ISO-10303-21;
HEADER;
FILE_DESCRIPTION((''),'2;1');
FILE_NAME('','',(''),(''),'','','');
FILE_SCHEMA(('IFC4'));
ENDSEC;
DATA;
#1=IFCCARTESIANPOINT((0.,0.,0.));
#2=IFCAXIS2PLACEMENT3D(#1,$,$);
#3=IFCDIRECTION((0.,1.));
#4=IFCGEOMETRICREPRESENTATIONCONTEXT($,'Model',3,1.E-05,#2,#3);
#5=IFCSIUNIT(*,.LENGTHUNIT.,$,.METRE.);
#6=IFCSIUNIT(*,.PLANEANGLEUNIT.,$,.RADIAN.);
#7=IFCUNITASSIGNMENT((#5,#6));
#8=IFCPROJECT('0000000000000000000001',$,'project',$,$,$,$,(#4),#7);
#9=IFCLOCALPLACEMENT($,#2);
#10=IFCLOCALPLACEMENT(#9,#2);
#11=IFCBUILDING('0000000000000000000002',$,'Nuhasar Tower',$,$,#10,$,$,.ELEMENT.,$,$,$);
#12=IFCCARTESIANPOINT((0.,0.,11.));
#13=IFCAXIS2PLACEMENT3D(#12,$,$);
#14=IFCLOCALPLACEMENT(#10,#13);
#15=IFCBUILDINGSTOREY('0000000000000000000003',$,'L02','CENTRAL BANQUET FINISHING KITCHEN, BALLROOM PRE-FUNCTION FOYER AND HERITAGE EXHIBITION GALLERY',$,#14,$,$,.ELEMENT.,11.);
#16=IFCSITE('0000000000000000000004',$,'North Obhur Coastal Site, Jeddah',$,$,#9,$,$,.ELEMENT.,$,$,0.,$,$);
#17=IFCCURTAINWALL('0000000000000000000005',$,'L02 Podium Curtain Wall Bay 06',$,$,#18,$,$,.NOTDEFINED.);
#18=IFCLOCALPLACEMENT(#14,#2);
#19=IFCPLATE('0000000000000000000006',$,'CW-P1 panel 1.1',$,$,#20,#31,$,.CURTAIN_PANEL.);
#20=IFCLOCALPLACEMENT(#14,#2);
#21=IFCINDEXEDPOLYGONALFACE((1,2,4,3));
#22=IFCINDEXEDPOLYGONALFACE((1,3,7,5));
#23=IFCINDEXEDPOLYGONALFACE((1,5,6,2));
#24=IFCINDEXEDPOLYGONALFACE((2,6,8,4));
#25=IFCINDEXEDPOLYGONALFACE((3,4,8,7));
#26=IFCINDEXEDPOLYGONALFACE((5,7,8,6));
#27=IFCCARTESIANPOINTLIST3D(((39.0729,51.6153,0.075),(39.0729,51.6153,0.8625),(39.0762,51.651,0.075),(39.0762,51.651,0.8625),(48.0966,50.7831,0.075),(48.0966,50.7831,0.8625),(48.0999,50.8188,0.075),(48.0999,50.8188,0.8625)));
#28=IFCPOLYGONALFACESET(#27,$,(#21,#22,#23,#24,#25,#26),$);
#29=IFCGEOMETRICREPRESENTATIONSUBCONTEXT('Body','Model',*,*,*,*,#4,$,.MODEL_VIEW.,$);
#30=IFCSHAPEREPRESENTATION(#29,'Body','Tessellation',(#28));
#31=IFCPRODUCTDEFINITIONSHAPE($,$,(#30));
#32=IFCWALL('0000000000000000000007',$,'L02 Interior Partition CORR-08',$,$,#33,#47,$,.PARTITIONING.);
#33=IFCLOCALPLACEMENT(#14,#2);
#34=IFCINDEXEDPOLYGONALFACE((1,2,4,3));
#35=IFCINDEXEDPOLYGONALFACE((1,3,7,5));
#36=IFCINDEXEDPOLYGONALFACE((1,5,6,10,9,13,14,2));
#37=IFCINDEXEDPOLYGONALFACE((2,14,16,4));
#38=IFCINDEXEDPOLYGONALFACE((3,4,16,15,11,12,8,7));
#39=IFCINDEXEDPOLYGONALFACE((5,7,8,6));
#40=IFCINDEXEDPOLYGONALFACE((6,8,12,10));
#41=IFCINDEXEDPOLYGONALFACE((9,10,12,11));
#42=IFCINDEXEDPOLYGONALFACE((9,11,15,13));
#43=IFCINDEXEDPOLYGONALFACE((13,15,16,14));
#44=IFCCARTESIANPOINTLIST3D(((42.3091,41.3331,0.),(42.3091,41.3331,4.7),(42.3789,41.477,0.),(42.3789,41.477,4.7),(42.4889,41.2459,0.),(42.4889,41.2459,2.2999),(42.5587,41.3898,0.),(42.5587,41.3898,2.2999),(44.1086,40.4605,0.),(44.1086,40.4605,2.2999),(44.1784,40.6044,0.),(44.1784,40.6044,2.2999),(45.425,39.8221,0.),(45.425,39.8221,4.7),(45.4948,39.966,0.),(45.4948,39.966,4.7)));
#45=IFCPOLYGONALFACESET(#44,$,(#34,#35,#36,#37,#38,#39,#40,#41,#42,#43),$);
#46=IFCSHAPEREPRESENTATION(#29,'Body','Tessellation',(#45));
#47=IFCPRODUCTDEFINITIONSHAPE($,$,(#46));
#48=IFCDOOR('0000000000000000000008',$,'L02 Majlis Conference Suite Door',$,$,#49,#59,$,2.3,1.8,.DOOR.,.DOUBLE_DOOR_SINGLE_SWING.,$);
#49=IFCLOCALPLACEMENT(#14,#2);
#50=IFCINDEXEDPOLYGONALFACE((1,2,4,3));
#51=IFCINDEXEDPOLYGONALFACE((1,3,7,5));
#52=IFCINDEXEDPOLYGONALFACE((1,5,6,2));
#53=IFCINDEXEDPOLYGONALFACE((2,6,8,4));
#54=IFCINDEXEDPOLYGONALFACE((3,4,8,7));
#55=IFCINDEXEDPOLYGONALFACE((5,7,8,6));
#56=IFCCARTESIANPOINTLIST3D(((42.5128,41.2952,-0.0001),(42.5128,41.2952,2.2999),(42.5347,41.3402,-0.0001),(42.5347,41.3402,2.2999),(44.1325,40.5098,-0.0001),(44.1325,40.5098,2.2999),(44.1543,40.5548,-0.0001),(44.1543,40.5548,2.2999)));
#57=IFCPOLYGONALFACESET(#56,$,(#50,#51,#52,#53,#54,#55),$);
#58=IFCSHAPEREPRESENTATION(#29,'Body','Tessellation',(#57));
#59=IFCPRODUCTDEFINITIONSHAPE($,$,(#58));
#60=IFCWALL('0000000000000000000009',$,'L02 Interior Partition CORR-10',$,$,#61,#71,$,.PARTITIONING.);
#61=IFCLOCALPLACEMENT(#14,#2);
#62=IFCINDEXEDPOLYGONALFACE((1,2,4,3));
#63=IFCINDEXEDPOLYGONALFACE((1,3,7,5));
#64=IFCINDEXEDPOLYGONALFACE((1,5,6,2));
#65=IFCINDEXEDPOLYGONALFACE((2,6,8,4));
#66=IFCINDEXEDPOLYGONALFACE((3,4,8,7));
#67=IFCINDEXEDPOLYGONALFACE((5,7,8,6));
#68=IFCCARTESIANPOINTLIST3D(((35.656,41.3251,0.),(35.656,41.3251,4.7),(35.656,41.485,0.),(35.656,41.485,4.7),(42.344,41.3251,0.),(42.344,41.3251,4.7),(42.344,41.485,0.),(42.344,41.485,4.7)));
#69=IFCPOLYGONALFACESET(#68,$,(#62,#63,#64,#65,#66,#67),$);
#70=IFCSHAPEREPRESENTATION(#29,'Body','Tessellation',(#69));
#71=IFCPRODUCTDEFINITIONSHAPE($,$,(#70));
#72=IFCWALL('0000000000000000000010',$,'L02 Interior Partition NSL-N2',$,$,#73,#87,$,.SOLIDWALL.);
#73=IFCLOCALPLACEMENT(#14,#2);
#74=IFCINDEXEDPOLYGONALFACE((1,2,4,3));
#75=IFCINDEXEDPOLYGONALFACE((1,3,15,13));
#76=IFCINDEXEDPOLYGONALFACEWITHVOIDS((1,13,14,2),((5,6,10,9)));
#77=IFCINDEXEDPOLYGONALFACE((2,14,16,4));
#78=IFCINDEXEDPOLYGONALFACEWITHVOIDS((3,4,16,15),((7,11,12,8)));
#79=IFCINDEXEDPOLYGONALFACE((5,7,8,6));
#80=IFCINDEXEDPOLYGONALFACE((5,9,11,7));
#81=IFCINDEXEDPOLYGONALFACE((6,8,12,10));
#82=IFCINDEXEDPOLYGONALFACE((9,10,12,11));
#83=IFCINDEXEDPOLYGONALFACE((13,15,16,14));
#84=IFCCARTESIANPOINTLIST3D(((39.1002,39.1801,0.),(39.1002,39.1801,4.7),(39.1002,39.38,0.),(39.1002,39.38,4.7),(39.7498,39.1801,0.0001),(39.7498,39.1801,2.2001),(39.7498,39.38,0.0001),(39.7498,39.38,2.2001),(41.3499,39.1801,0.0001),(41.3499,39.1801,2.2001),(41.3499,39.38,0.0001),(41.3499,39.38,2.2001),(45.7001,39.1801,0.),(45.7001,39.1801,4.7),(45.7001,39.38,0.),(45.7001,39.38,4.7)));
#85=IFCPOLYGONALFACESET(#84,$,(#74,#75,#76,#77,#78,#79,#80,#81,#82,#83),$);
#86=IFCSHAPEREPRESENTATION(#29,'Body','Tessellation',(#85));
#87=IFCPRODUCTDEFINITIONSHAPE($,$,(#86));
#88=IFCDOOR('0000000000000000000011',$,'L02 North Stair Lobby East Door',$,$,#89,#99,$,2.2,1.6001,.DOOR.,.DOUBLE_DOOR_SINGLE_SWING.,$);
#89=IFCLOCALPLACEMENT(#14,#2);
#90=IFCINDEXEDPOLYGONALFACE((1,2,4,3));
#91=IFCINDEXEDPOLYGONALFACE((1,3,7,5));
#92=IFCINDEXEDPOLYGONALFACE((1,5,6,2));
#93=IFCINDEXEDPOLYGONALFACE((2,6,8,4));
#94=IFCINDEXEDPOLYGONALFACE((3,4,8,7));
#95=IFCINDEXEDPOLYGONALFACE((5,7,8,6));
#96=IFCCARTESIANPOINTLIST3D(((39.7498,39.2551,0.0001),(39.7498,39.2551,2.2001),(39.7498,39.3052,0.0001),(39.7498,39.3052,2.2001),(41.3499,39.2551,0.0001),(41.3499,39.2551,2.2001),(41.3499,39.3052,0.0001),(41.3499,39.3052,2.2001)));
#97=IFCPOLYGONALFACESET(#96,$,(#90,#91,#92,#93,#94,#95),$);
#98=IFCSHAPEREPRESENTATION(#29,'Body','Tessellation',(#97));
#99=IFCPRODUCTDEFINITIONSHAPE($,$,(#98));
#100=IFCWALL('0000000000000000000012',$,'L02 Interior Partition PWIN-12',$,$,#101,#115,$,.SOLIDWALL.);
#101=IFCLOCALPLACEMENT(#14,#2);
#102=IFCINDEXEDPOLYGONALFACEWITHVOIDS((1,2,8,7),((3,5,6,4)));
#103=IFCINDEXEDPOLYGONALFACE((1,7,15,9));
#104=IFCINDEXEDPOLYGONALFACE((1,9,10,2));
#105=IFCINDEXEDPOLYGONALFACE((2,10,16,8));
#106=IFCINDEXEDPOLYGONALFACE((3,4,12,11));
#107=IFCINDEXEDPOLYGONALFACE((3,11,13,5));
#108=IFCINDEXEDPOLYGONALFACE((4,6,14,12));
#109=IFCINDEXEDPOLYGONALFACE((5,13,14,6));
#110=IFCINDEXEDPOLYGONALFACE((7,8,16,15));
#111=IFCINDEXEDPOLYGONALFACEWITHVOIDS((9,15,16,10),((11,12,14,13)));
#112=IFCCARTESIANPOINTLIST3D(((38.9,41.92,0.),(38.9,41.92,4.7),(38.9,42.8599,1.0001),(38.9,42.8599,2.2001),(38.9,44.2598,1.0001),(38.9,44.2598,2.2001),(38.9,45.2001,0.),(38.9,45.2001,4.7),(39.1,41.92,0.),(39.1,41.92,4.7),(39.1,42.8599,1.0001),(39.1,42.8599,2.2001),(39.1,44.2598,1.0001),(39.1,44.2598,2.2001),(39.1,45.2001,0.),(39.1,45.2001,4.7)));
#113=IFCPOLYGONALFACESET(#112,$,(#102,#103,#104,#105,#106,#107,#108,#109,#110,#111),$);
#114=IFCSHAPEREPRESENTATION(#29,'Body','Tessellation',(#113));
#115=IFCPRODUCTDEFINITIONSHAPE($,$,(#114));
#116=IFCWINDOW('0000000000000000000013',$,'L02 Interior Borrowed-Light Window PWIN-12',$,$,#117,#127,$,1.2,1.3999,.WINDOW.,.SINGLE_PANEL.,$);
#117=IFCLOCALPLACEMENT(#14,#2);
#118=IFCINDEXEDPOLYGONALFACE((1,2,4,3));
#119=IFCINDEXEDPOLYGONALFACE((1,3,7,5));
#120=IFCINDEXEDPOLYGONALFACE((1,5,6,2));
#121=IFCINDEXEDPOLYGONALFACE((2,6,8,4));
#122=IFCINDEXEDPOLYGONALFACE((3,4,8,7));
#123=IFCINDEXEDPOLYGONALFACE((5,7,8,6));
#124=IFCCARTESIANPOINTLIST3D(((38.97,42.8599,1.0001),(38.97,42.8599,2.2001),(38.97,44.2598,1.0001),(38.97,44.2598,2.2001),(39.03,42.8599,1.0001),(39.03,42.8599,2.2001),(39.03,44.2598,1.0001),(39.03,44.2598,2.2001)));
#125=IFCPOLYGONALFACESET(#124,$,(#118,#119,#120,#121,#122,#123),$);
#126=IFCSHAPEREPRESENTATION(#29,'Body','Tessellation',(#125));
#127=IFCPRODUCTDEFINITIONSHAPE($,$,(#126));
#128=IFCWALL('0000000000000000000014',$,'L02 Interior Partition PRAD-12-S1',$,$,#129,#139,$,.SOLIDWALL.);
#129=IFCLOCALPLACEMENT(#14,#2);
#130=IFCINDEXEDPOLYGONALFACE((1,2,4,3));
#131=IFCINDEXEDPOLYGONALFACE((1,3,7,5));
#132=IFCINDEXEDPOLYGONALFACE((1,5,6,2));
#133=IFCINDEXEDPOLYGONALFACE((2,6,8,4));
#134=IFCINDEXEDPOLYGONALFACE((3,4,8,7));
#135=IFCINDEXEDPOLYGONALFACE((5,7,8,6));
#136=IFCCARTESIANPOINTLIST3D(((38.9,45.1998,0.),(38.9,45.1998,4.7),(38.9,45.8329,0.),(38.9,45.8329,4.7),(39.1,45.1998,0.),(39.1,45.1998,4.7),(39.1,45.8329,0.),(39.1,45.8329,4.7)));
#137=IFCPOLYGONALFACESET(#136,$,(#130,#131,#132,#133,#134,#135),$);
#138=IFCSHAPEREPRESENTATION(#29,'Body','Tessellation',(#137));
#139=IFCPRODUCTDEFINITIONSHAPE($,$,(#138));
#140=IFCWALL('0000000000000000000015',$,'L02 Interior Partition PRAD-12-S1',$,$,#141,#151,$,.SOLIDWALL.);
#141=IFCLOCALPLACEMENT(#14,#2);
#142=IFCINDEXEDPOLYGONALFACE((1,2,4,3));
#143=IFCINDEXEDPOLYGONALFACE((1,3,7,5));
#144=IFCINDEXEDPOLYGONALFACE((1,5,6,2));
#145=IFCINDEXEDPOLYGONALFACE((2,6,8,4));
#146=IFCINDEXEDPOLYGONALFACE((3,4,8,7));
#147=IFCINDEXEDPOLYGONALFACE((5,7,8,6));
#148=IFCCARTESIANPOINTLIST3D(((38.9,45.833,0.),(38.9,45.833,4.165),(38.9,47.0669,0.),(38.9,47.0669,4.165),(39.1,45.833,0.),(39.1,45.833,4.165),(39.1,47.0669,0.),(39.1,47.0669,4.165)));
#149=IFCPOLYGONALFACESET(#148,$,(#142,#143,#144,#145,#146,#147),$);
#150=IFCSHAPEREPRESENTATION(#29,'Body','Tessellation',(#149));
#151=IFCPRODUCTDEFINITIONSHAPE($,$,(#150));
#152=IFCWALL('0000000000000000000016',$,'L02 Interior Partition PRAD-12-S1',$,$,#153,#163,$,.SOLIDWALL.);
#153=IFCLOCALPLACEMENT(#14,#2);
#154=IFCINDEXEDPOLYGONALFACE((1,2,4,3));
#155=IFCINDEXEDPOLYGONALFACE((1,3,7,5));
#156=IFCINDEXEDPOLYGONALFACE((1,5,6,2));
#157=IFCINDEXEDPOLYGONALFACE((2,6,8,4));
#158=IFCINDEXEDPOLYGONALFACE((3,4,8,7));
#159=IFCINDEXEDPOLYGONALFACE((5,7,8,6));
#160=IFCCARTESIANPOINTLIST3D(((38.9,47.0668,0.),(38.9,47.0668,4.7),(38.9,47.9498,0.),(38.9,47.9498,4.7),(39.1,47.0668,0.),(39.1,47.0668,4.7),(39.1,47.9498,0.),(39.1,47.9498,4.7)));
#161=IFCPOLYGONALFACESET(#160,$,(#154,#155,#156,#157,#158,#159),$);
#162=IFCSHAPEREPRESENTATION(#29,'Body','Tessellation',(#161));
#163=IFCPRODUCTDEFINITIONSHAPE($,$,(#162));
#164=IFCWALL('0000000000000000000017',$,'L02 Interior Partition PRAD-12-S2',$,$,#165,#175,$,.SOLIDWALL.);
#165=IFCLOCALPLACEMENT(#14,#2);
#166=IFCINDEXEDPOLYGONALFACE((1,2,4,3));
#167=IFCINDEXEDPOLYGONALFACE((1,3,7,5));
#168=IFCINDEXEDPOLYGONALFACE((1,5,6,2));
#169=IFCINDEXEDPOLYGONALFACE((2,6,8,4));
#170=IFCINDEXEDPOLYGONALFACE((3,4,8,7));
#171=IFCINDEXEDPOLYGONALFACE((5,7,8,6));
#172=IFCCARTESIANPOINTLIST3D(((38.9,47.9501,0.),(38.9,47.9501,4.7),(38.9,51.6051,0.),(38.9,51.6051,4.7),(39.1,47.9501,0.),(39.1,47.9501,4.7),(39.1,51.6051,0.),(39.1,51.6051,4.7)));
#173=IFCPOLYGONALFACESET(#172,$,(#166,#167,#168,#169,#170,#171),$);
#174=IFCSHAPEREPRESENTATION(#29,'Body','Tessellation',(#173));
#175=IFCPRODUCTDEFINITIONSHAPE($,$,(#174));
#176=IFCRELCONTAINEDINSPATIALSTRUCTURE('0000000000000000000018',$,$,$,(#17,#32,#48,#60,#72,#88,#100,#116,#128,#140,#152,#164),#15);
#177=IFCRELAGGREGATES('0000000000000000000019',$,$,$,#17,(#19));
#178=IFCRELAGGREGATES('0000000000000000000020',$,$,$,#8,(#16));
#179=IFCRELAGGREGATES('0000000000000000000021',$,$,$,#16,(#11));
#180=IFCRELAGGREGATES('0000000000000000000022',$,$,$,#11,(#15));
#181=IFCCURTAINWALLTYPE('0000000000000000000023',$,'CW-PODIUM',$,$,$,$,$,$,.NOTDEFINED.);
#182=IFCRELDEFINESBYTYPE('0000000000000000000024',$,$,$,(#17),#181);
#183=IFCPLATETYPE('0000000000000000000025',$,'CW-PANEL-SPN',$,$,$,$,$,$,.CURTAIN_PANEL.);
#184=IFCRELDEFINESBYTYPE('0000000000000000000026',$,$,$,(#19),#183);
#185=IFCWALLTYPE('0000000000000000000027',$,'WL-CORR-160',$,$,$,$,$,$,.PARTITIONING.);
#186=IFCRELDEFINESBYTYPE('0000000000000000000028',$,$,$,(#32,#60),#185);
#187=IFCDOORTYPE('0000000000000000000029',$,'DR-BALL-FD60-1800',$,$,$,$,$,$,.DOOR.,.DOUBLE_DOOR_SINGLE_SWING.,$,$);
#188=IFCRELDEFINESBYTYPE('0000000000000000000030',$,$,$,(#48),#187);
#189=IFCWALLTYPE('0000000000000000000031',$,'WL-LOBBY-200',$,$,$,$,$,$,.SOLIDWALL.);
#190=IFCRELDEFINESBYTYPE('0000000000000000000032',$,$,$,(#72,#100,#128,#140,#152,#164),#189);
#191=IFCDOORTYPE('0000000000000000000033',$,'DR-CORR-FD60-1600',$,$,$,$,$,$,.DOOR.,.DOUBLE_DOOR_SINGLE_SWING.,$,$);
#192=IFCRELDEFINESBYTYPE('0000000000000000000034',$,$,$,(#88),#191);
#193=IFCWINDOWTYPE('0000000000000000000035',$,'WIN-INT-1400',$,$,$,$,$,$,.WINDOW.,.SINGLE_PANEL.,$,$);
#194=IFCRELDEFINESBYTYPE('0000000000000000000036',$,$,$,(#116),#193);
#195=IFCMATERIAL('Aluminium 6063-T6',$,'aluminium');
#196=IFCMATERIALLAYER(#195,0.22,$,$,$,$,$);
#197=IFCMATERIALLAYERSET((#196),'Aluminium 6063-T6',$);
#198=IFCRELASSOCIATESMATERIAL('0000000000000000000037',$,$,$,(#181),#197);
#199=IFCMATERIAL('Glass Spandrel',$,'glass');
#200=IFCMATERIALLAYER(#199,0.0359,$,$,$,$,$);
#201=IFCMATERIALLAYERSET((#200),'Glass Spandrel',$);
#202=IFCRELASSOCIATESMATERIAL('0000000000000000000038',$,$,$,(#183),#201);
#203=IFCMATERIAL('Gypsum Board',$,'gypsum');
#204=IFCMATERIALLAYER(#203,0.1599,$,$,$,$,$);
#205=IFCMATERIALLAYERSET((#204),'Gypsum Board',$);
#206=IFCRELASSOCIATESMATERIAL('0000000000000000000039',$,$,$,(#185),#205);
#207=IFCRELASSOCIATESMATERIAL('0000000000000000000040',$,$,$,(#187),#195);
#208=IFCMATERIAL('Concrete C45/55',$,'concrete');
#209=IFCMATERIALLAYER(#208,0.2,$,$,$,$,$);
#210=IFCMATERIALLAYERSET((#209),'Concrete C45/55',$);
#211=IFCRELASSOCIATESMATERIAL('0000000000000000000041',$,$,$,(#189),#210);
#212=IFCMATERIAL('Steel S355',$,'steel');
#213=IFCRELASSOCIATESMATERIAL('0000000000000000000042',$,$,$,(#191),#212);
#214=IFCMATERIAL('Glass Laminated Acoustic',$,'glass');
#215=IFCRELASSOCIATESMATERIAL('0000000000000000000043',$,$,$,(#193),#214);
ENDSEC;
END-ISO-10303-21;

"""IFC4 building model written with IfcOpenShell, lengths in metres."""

from ifc_helpers import new_model, si_unit, direction, frame, frame_2d, origin, origin_2d, place, context, subcontext, project, spatial, rectangle, extrude, material, layer, layer_set, type_object, element, fill, aggregate, save


model = new_model("IFC4")

# Units and contexts
model_context = context("Model", 3, precision=1e-05, world=origin(), true_north=direction((0.0, 1.0)))
body_context = subcontext(model_context, "Body", "Model", "MODEL_VIEW")
ifc_project = project(units=[si_unit("LENGTHUNIT", "METRE"), si_unit("PLANEANGLEUNIT", "RADIAN")], contexts=[model_context])

# Site, building, storey
site_placement = place(None, origin())
site = spatial("IfcSite", under=ifc_project, at=site_placement, Name="North Obhur Coastal Site, Jeddah", CompositionType="ELEMENT", RefElevation=0.0)
building_placement = place(site_placement, origin())
building = spatial("IfcBuilding", under=site, at=building_placement, Name="Nuhasar Tower", CompositionType="ELEMENT")
storey_placement = place(building_placement, frame((0.0, 0.0, 11.0)))
storey = spatial("IfcBuildingStorey", under=building, at=storey_placement, Name="L02", Description="CENTRAL BANQUET FINISHING KITCHEN, BALLROOM PRE-FUNCTION FOYER AND HERITAGE EXHIBITION GALLERY", CompositionType="ELEMENT", Elevation=11.0)

# Shared definitions
ifc_material_1 = material(Name="Steel S355", Category="steel")

# Shared definitions
ifc_material_2 = material(Name="Aluminium 6063-T6", Category="aluminium")
ifc_layer_1 = layer(ifc_material_2, 0.22)
ifc_layer_set_1 = layer_set([ifc_layer_1], Name="Aluminium 6063-T6")
curtain_wall_type = type_object("IfcCurtainWallType", Name="CW-PODIUM", PredefinedType="NOTDEFINED", material=ifc_layer_set_1)

# Curtain wall
curtain_wall_1_placement = place(storey_placement, origin())
curtain_wall_1 = element("IfcCurtainWall", 1, at=curtain_wall_1_placement, inside=storey, type_object=curtain_wall_type, Name="L02 Podium Curtain Wall Bay 06", PredefinedType="NOTDEFINED")

# Plate
ifc_material_3 = material(Name="Glass Spandrel", Category="glass")
ifc_layer_2 = layer(ifc_material_3, 0.0359)
ifc_layer_set_2 = layer_set([ifc_layer_2], Name="Glass Spandrel")
plate_type_1 = type_object("IfcPlateType", Name="CW-PANEL-SPN", PredefinedType="CURTAIN_PANEL", material=ifc_layer_set_2)
plate_1_placement = place(storey_placement, frame((43.5864, 51.217, 0.075), z_axis=(0.0, 0.0, 1.0), x_axis=(-0.995774, 0.091837, 0.0)))
plate_1 = element("IfcPlate", 2, at=plate_1_placement, type_object=plate_type_1, Name="CW-P1 panel 1.1", PredefinedType="CURTAIN_PANEL", context=body_context, shape_type="SweptSolid", body=[
    extrude(rectangle(XDim=9.062, YDim=0.0359, at=origin_2d()), origin(), (0.0, 0.0, 1.0), 0.7876),
])
aggregate(curtain_wall_1, [plate_1])

# Wall, opening, door
ifc_material_4 = material(Name="Gypsum Board", Category="gypsum")
ifc_layer_3 = layer(ifc_material_4, 0.1599)
ifc_layer_set_3 = layer_set([ifc_layer_3], Name="Gypsum Board")
wall_type_1 = type_object("IfcWallType", Name="WL-CORR-160", PredefinedType="PARTITIONING", material=ifc_layer_set_3)
wall_1_placement = place(storey_placement, frame((42.344, 41.405, 0.0), z_axis=(0.0, 0.0, 1.0), x_axis=(0.89979, -0.436324, 0.0)))
wall_1 = element("IfcWall", 3, at=wall_1_placement, inside=storey, type_object=wall_type_1, Name="L02 Interior Partition CORR-08", PredefinedType="PARTITIONING", context=body_context, shape_type="SweptSolid", body=[
    extrude(rectangle(XDim=3.4629, YDim=0.1599, at=frame_2d((1.7314, 0.0))), origin(), (0.0, 0.0, 1.0), 4.7),
])
opening_1_placement = place(wall_1_placement, frame((0.2, 0.0, 0.0)))
opening_1 = element("IfcOpeningElement", 4, at=opening_1_placement, cuts=wall_1, PredefinedType="OPENING", context=body_context, shape_type="SweptSolid", body=[
    extrude(rectangle(XDim=1.8, YDim=2.3, at=frame_2d((0.8999, 1.1499))), frame((0.0, 0.0898, 0.0), z_axis=(0.0, -1.0, 0.0), x_axis=(1.0, 0.0, 0.0)), (0.0, 0.0, 1.0), 0.1799),
])
door_type_1 = type_object("IfcDoorType", Name="DR-BALL-FD60-1800", OperationType="DOUBLE_DOOR_SINGLE_SWING", PredefinedType="DOOR", material=ifc_material_2)
door_1_placement = place(opening_1_placement, origin())
door_1 = element("IfcDoor", 5, at=door_1_placement, inside=storey, type_object=door_type_1, Name="L02 Majlis Conference Suite Door", OperationType="DOUBLE_DOOR_SINGLE_SWING", OverallHeight=2.3, OverallWidth=1.8, PredefinedType="DOOR", context=body_context, shape_type="SweptSolid", body=[
    extrude(rectangle(XDim=1.8, YDim=2.3, at=frame_2d((0.8999, 1.1499))), frame((0.0, 0.0249, 0.0), z_axis=(0.0, -1.0, 0.0), x_axis=(1.0, 0.0, 0.0)), (0.0, 0.0, 1.0), 0.05),
])
fill(opening_1, door_1)

# Wall
wall_2_placement = place(storey_placement, frame((42.344, 41.405, 0.0), z_axis=(0.0, 0.0, 1.0), x_axis=(-1.0, 0.0, 0.0)))
element("IfcWall", 6, at=wall_2_placement, inside=storey, type_object=wall_type_1, Name="L02 Interior Partition CORR-10", PredefinedType="PARTITIONING", context=body_context, shape_type="SweptSolid", body=[
    extrude(rectangle(XDim=6.688, YDim=0.1599, at=frame_2d((3.344, 0.0))), origin(), (0.0, 0.0, 1.0), 4.7),
])

# Wall, opening, door
ifc_material_5 = material(Name="Concrete C45/55", Category="concrete")
ifc_layer_4 = layer(ifc_material_5, 0.2)
ifc_layer_set_4 = layer_set([ifc_layer_4], Name="Concrete C45/55")
wall_type_2 = type_object("IfcWallType", Name="WL-LOBBY-200", PredefinedType="SOLIDWALL", material=ifc_layer_set_4)
wall_3_placement = place(storey_placement, frame((45.7, 39.28, 0.0), z_axis=(0.0, 0.0, 1.0), x_axis=(-1.0, 0.0, 0.0)))
wall_3 = element("IfcWall", 7, at=wall_3_placement, inside=storey, type_object=wall_type_2, Name="L02 Interior Partition NSL-N2", PredefinedType="SOLIDWALL", context=body_context, shape_type="SweptSolid", body=[
    extrude(rectangle(XDim=6.5999, YDim=0.2, at=frame_2d((3.2998, 0.0))), origin(), (0.0, 0.0, 1.0), 4.7),
])
opening_2_placement = place(wall_3_placement, frame((4.3501, 0.0, 0.0)))
opening_2 = element("IfcOpeningElement", 8, at=opening_2_placement, cuts=wall_3, PredefinedType="OPENING", context=body_context, shape_type="SweptSolid", body=[
    extrude(rectangle(XDim=1.6001, YDim=2.2, at=frame_2d((0.8, 1.1001))), frame((0.0, 0.1099, 0.0), z_axis=(0.0, -1.0, 0.0), x_axis=(1.0, 0.0, 0.0)), (0.0, 0.0, 1.0), 0.22),
])
door_type_2 = type_object("IfcDoorType", Name="DR-CORR-FD60-1600", OperationType="DOUBLE_DOOR_SINGLE_SWING", PredefinedType="DOOR", material=ifc_material_1)
door_2_placement = place(opening_2_placement, origin())
door_2 = element("IfcDoor", 9, at=door_2_placement, inside=storey, type_object=door_type_2, Name="L02 North Stair Lobby East Door", OperationType="DOUBLE_DOOR_SINGLE_SWING", OverallHeight=2.2, OverallWidth=1.6001, PredefinedType="DOOR", context=body_context, shape_type="SweptSolid", body=[
    extrude(rectangle(XDim=1.6001, YDim=2.2, at=frame_2d((0.8, 1.1001))), frame((0.0, 0.0249, 0.0), z_axis=(0.0, -1.0, 0.0), x_axis=(1.0, 0.0, 0.0)), (0.0, 0.0, 1.0), 0.05),
])
fill(opening_2, door_2)

# Wall, opening, window
wall_4_placement = place(storey_placement, frame((39.0, 41.9199, 0.0), z_axis=(0.0, 0.0, 1.0), x_axis=(0.0, 1.0, 0.0)))
wall_4 = element("IfcWall", 10, at=wall_4_placement, inside=storey, type_object=wall_type_2, Name="L02 Interior Partition PWIN-12", PredefinedType="SOLIDWALL", context=body_context, shape_type="SweptSolid", body=[
    extrude(rectangle(XDim=3.28, YDim=0.2, at=frame_2d((1.6401, 0.0))), origin(), (0.0, 0.0, 1.0), 4.7),
])
opening_3_placement = place(wall_4_placement, frame((0.9399, 0.0, 1.0)))
opening_3 = element("IfcOpeningElement", 11, at=opening_3_placement, cuts=wall_4, PredefinedType="OPENING", context=body_context, shape_type="SweptSolid", body=[
    extrude(rectangle(XDim=1.3999, YDim=1.2, at=frame_2d((0.7, 0.6001))), frame((0.0, 0.1099, 0.0), z_axis=(0.0, -1.0, 0.0), x_axis=(1.0, 0.0, 0.0)), (0.0, 0.0, 1.0), 0.22),
])
ifc_material_6 = material(Name="Glass Laminated Acoustic", Category="glass")
window_type = type_object("IfcWindowType", Name="WIN-INT-1400", PartitioningType="SINGLE_PANEL", PredefinedType="WINDOW", material=ifc_material_6)
window_placement = place(opening_3_placement, origin())
window = element("IfcWindow", 12, at=window_placement, inside=storey, type_object=window_type, Name="L02 Interior Borrowed-Light Window PWIN-12", OverallHeight=1.2, OverallWidth=1.3999, PartitioningType="SINGLE_PANEL", PredefinedType="WINDOW", context=body_context, shape_type="SweptSolid", body=[
    extrude(rectangle(XDim=1.3999, YDim=1.2, at=frame_2d((0.7, 0.6001))), frame((0.0, 0.03, 0.0), z_axis=(0.0, -1.0, 0.0), x_axis=(1.0, 0.0, 0.0)), (0.0, 0.0, 1.0), 0.0601),
])
fill(opening_3, window)

# Walls
wall_5_placement = place(storey_placement, frame((39.0, 45.2, 0.0), z_axis=(0.0, 0.0, 1.0), x_axis=(0.0, 1.0, 0.0)))
element("IfcWall", 13, at=wall_5_placement, inside=storey, type_object=wall_type_2, Name="L02 Interior Partition PRAD-12-S1", PredefinedType="SOLIDWALL", context=body_context, shape_type="SweptSolid", body=[
    extrude(rectangle(XDim=0.6331, YDim=0.2, at=frame_2d((0.3164, 0.0))), origin(), (0.0, 0.0, 1.0), 4.7),
])
wall_6_placement = place(storey_placement, frame((39.0, 45.833, 0.0), z_axis=(0.0, 0.0, 1.0), x_axis=(0.0, 1.0, 0.0)))
element("IfcWall", 14, at=wall_6_placement, inside=storey, type_object=wall_type_2, Name="L02 Interior Partition PRAD-12-S1", PredefinedType="SOLIDWALL", context=body_context, shape_type="SweptSolid", body=[
    extrude(rectangle(XDim=1.2339, YDim=0.2, at=frame_2d((0.6169, 0.0))), origin(), (0.0, 0.0, 1.0), 4.165),
])
wall_7_placement = place(storey_placement, frame((39.0, 47.0669, 0.0), z_axis=(0.0, 0.0, 1.0), x_axis=(0.0, 1.0, 0.0)))
element("IfcWall", 15, at=wall_7_placement, inside=storey, type_object=wall_type_2, Name="L02 Interior Partition PRAD-12-S1", PredefinedType="SOLIDWALL", context=body_context, shape_type="SweptSolid", body=[
    extrude(rectangle(XDim=0.8831, YDim=0.2, at=frame_2d((0.4414, 0.0))), origin(), (0.0, 0.0, 1.0), 4.7),
])
wall_8_placement = place(storey_placement, frame((39.0, 47.95, 0.0), z_axis=(0.0, 0.0, 1.0), x_axis=(0.0, 1.0, 0.0)))
element("IfcWall", 16, at=wall_8_placement, inside=storey, type_object=wall_type_2, Name="L02 Interior Partition PRAD-12-S2", PredefinedType="SOLIDWALL", context=body_context, shape_type="SweptSolid", body=[
    extrude(rectangle(XDim=3.655, YDim=0.2, at=frame_2d((1.8276, 0.0))), origin(), (0.0, 0.0, 1.0), 4.7),
])

save(model, "model.ifc")
